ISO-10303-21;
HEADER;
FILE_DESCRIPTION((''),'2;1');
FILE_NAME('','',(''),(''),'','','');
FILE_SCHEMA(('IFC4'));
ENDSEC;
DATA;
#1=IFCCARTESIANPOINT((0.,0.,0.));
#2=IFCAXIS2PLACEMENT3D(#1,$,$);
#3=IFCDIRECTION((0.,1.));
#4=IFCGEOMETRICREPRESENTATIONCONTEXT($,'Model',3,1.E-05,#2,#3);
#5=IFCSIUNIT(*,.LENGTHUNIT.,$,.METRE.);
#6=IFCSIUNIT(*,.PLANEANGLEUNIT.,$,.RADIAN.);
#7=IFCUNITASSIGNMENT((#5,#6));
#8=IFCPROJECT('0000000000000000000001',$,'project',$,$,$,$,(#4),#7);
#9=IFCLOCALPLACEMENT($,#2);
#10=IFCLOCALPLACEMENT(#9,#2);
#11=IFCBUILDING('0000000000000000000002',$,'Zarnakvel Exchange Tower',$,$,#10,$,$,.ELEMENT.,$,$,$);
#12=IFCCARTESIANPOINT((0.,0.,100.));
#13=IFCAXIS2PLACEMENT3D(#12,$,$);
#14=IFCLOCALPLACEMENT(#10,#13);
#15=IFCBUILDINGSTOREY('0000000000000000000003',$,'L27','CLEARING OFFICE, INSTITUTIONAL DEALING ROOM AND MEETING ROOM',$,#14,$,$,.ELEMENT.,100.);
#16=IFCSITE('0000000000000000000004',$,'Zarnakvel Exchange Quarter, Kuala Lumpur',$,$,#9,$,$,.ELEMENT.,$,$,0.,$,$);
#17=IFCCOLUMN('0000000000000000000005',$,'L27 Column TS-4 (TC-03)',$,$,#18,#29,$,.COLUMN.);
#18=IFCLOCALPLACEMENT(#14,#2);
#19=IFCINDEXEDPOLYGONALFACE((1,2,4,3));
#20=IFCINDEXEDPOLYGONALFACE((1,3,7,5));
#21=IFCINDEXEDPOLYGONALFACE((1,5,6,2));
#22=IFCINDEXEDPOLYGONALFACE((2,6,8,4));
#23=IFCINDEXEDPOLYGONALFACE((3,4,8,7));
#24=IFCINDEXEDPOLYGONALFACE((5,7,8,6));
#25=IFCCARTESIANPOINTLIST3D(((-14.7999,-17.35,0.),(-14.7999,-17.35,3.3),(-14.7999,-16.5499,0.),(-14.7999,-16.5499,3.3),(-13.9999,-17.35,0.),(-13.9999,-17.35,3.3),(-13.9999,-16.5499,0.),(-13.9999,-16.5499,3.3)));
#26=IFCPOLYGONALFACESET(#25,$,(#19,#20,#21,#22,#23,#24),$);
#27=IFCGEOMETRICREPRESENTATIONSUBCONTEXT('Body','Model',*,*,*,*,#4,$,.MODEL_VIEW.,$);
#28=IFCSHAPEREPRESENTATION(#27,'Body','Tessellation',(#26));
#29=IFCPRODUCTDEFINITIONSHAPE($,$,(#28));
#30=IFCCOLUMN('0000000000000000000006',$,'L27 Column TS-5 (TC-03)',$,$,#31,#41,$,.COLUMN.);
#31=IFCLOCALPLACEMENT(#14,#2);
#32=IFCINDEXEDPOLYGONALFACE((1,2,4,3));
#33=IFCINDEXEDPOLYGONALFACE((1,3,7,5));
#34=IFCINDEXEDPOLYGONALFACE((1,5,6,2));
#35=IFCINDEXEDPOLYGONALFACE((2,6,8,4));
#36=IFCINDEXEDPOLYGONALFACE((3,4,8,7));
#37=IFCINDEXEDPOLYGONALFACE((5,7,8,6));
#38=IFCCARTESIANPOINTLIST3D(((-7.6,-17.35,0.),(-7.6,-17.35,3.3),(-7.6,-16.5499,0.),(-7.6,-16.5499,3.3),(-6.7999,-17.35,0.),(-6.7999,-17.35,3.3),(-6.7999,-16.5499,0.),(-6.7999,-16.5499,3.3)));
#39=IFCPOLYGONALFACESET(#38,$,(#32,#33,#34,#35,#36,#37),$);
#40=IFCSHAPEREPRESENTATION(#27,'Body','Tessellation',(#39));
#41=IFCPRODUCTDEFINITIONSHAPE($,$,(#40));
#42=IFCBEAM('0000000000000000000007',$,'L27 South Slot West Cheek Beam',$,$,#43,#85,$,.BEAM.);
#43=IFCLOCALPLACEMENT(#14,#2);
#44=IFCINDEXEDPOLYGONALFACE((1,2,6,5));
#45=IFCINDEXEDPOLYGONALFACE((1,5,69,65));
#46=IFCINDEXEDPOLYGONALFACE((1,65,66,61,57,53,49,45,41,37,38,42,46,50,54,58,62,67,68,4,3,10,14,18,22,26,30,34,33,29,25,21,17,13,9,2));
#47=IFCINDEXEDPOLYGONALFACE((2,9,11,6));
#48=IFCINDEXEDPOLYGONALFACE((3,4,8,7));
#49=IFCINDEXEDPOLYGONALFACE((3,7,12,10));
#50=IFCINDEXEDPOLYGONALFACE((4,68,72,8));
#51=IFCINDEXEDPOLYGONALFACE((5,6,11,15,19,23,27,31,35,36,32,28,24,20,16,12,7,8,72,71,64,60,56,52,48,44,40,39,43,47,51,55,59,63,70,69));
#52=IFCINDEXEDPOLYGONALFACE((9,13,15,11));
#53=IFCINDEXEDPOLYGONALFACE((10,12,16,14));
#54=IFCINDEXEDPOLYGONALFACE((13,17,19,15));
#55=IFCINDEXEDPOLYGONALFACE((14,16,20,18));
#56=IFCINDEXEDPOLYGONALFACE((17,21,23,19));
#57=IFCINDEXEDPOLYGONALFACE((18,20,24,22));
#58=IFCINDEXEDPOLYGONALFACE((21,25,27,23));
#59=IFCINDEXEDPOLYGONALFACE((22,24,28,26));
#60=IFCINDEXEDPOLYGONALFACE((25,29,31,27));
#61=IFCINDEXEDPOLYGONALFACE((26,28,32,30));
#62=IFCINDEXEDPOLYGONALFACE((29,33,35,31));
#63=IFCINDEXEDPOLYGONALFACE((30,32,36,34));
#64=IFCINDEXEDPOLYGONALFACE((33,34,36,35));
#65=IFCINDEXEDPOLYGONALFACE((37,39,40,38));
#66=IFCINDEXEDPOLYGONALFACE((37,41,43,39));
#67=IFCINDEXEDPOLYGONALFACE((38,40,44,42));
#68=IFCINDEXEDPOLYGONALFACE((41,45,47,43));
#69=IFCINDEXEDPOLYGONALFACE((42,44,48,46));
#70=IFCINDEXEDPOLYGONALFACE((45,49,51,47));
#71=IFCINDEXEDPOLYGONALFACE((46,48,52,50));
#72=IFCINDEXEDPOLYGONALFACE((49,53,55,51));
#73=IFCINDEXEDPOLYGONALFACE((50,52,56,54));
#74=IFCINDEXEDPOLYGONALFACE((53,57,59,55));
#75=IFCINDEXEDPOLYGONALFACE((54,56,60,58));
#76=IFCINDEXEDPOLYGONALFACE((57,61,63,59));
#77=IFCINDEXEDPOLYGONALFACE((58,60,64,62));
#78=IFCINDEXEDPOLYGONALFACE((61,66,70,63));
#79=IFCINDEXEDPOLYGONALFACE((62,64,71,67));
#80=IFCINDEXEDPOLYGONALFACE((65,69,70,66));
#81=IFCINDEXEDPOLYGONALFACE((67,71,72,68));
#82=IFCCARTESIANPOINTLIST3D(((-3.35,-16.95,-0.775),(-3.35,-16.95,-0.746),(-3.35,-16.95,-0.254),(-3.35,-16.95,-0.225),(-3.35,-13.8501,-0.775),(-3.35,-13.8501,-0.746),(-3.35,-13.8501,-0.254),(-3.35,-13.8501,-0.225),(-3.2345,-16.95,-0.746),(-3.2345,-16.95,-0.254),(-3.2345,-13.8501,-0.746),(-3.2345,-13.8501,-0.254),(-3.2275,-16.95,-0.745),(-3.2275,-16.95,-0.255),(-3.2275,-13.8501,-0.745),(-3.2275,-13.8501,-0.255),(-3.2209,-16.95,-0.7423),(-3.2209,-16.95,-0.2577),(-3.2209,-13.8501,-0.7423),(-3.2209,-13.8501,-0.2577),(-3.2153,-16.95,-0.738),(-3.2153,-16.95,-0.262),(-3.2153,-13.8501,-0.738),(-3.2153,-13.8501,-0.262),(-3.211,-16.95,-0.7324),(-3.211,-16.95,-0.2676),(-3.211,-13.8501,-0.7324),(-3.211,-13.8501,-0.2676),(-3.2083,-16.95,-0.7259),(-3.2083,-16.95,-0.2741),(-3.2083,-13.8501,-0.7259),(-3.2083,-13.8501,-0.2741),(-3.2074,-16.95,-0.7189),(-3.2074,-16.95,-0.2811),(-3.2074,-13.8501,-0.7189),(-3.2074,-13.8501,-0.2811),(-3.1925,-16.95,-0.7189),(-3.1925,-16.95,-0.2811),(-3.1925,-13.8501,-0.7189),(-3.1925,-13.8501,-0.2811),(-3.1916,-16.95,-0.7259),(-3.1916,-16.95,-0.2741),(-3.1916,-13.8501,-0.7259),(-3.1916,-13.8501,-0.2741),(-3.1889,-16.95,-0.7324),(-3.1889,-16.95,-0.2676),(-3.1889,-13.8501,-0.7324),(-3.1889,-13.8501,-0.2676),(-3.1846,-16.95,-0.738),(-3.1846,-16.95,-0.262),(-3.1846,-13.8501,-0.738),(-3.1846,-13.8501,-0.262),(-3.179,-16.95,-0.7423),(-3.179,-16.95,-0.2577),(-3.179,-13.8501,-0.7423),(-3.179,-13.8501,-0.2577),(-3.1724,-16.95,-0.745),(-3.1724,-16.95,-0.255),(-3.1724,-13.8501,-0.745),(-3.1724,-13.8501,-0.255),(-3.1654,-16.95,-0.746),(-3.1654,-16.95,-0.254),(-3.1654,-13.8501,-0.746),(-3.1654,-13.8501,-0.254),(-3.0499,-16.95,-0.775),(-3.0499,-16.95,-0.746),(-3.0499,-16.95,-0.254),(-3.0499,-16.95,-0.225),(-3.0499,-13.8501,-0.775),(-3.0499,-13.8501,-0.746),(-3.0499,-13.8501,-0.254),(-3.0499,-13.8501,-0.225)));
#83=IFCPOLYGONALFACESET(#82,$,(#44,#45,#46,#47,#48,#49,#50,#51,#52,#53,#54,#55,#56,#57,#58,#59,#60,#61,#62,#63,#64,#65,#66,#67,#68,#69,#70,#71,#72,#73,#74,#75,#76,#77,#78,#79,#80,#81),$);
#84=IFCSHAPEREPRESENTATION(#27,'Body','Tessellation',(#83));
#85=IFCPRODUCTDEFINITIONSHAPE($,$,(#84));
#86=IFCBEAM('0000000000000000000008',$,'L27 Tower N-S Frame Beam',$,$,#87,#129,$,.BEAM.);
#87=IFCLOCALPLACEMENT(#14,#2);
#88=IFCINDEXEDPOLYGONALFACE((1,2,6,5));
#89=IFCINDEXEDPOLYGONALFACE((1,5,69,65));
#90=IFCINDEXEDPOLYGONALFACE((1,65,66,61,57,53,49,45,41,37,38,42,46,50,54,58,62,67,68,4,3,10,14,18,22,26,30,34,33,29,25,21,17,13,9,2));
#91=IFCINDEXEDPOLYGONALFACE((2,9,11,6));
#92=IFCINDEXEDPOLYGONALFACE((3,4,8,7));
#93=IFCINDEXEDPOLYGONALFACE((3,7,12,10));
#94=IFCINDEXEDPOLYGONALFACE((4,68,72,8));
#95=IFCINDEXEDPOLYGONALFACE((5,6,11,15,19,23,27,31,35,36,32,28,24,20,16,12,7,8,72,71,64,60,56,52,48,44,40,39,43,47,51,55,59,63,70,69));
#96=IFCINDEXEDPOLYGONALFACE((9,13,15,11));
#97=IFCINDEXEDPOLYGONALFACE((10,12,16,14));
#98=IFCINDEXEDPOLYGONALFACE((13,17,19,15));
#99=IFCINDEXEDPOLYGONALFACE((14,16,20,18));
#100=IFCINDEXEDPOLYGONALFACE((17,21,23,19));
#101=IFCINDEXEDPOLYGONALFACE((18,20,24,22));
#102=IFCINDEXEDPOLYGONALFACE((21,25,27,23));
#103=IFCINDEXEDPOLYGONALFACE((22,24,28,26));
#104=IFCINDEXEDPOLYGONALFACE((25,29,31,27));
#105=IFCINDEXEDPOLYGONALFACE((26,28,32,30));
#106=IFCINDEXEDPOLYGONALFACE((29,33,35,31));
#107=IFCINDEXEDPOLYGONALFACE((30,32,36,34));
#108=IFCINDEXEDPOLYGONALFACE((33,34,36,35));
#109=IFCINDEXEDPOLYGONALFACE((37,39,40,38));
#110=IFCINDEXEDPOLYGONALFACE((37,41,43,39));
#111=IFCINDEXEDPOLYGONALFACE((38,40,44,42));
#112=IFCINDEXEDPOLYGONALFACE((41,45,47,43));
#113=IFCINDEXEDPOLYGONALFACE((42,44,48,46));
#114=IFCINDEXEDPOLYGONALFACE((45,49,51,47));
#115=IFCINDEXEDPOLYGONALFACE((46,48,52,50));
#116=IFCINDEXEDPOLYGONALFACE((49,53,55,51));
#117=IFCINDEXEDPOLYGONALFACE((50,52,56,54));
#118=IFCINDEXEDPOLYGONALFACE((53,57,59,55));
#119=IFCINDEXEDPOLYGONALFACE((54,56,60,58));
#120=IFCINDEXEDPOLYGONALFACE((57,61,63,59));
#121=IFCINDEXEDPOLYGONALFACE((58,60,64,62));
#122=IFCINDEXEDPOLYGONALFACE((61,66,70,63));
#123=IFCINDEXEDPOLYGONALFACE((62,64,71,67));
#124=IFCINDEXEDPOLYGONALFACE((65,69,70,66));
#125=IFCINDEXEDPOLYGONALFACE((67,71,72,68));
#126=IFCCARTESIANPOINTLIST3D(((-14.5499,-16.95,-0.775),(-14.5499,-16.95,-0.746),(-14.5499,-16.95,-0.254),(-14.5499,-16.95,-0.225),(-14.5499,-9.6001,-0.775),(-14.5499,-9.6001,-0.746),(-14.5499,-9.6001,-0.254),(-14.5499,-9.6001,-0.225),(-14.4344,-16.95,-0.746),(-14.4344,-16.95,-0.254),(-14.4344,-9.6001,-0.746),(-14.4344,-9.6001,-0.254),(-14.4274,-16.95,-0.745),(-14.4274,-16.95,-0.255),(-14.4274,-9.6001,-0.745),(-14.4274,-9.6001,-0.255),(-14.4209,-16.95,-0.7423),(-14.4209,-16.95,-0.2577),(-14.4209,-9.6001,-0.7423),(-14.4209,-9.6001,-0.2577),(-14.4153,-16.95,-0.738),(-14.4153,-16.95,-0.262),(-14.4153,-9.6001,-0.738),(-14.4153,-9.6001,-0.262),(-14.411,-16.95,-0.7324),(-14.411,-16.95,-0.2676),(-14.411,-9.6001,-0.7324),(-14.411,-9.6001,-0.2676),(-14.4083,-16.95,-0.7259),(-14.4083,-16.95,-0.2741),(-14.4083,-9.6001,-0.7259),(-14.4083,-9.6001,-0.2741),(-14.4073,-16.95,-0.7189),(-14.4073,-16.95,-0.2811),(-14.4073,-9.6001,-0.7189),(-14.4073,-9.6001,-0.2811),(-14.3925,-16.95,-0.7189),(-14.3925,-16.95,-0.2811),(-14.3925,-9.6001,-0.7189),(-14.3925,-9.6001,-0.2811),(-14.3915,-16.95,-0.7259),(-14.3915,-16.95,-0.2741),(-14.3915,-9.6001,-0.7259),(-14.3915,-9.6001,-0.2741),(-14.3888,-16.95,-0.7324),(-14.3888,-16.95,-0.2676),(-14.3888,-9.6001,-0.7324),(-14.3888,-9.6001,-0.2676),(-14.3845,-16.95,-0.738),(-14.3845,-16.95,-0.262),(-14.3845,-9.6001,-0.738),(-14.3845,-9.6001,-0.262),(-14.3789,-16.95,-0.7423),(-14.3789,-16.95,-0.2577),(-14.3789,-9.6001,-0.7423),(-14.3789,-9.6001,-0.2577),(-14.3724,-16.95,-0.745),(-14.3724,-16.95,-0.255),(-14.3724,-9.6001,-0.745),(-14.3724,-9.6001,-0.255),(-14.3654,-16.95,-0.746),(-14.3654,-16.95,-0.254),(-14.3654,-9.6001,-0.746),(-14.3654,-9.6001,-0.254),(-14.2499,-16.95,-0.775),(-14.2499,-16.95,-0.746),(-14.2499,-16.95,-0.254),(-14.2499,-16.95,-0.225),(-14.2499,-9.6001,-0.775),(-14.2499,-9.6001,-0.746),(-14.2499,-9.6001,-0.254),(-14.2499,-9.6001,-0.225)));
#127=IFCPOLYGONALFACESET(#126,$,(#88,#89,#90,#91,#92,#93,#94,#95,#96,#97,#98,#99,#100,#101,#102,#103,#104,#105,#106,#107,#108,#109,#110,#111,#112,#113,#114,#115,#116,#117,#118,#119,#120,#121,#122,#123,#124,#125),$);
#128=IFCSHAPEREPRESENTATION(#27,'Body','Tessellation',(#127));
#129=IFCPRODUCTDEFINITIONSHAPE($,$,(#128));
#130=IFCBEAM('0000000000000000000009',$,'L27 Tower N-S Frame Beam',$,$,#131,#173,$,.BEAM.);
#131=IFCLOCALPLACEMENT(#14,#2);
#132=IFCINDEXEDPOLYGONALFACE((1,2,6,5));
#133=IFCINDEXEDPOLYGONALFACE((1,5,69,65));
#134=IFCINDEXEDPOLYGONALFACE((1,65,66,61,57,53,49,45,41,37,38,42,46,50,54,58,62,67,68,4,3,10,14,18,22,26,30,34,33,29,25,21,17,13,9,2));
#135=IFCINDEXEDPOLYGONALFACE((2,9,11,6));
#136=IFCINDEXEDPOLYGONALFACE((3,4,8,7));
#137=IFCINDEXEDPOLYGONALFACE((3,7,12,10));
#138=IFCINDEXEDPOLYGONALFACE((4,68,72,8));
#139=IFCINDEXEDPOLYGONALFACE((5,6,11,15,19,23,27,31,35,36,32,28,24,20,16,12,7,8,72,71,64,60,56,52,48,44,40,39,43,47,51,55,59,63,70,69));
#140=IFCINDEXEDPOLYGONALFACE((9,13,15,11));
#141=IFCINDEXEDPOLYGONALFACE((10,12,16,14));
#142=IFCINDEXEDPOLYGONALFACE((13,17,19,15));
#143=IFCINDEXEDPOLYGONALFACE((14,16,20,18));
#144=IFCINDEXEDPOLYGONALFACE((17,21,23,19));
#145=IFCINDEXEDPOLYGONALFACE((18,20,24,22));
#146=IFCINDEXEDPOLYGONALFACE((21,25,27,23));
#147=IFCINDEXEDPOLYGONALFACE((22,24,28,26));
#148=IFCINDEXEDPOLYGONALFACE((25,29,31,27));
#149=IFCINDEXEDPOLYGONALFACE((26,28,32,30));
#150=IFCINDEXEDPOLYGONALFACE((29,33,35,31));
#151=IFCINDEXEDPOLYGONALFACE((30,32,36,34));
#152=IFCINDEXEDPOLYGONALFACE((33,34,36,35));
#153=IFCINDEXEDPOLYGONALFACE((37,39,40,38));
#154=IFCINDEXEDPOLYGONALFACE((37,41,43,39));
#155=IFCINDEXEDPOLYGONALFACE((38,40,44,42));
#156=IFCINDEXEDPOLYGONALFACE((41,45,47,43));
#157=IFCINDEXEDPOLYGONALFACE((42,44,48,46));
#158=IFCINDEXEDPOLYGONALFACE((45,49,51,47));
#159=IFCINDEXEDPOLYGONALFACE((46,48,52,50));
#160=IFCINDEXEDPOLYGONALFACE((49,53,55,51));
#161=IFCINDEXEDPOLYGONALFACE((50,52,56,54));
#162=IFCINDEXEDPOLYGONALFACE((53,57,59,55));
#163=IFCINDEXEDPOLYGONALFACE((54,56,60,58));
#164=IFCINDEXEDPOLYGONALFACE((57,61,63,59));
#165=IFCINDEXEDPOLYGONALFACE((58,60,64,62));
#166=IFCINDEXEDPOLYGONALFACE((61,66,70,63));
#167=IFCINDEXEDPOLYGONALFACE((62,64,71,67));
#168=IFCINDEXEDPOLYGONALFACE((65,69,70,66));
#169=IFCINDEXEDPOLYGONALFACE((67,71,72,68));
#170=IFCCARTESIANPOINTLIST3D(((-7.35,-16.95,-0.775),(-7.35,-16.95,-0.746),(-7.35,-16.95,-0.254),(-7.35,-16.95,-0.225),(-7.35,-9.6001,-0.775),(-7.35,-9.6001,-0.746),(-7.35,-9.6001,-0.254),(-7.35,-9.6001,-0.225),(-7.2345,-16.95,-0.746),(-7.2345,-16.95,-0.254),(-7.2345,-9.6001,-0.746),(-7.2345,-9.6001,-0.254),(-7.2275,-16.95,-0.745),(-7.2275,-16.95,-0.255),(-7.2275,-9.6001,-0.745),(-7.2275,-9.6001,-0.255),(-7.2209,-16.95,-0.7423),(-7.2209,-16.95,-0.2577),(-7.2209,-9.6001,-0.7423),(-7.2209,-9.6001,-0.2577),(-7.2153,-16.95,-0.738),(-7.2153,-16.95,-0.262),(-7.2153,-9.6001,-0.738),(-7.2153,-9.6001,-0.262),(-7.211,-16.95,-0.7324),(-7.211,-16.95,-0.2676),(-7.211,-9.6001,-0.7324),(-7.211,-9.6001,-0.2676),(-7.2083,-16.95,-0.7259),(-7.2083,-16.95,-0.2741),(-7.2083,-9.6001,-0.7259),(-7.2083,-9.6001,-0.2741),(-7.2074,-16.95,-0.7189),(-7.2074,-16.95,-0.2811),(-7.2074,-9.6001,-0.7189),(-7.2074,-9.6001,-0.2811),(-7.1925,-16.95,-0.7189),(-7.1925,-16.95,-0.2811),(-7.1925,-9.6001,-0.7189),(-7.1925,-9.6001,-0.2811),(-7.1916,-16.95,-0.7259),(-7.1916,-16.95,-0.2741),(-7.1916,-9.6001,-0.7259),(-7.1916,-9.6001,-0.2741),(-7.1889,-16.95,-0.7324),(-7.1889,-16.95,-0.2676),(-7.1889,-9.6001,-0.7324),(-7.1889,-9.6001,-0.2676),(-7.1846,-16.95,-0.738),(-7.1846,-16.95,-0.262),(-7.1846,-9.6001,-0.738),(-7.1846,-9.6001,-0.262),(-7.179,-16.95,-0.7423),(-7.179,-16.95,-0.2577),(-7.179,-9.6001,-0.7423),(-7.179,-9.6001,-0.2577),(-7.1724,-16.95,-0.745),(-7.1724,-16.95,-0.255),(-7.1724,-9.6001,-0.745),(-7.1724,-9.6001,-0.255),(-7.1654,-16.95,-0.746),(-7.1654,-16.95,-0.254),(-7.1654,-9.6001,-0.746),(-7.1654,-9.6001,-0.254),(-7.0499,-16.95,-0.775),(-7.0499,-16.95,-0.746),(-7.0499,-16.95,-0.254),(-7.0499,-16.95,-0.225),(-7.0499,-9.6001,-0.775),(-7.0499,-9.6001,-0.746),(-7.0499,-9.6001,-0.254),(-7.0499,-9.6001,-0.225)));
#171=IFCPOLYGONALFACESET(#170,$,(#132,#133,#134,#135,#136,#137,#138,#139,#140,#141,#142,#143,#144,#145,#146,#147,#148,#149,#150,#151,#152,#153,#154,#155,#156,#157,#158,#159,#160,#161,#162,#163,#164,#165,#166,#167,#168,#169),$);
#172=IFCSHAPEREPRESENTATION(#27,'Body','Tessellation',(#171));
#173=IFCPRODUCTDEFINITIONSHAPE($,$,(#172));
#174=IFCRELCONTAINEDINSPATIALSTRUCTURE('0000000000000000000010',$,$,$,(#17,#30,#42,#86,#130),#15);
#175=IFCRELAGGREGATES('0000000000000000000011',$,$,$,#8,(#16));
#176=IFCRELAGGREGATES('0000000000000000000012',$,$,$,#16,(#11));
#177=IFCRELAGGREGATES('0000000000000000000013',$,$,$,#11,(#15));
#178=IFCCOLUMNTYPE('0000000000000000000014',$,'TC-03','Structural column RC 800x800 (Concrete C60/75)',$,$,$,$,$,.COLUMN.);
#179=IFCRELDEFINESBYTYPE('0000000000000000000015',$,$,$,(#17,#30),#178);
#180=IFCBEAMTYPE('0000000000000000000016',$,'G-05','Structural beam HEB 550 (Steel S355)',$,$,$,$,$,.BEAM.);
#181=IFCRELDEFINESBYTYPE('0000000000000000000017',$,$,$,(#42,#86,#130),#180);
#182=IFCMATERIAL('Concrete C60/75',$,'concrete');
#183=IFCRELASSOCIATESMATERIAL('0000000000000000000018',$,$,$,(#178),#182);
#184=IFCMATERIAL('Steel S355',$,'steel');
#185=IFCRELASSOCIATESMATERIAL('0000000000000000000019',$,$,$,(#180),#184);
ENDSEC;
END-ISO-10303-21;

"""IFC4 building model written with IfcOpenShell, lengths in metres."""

from ifc_helpers import new_model, si_unit, direction, frame, origin, origin_2d, place, context, subcontext, project, spatial, rectangle, i_section, extrude, material, material_profile, profile_set, type_object, element, save


model = new_model("IFC4")

# Units and contexts
model_context = context("Model", 3, precision=1e-05, world=origin(), true_north=direction((0.0, 1.0)))
body_context = subcontext(model_context, "Body", "Model", "MODEL_VIEW")
ifc_project = project(units=[si_unit("LENGTHUNIT", "METRE"), si_unit("PLANEANGLEUNIT", "RADIAN")], contexts=[model_context])

# Site, building, storey
site_placement = place(None, origin())
site = spatial("IfcSite", under=ifc_project, at=site_placement, Name="Zarnakvel Exchange Quarter, Kuala Lumpur", CompositionType="ELEMENT", RefElevation=0.0)
building_placement = place(site_placement, origin())
building = spatial("IfcBuilding", under=site, at=building_placement, Name="Zarnakvel Exchange Tower", CompositionType="ELEMENT")
storey_placement = place(building_placement, frame((0.0, 0.0, 100.0)))
storey = spatial("IfcBuildingStorey", under=building, at=storey_placement, Name="L27", Description="CLEARING OFFICE, INSTITUTIONAL DEALING ROOM AND MEETING ROOM", CompositionType="ELEMENT", Elevation=100.0)

# Columns
ifc_material_1 = material(Name="Concrete C60/75", Category="concrete")
ifc_material_profile_1 = material_profile(ifc_material_1, rectangle(XDim=0.8, YDim=0.8, at=origin_2d()))
ifc_profile_set_1 = profile_set([ifc_material_profile_1], Name="Concrete C60/75")
column_type = type_object("IfcColumnType", Name="TC-03", Description="Structural column RC 800x800 (Concrete C60/75)", PredefinedType="COLUMN", material=ifc_profile_set_1)
for number, where, z_axis, x_axis, name in (
    (1, (-14.3999, -16.95, 0.0), (0.0, 0.0, 1.0), (1.0, 0.0, 0.0), "L27 Column TS-4 (TC-03)"),
    (2, (-7.2, -16.95, 0.0), (0.0, 0.0, 1.0), (1.0, 0.0, 0.0), "L27 Column TS-5 (TC-03)"),
):
    element("IfcColumn", number, at=place(storey_placement, frame(where, z_axis=z_axis, x_axis=x_axis)), inside=storey, type_object=column_type, Name=name, PredefinedType="COLUMN", context=body_context, shape_type="SweptSolid", body=[
        extrude(rectangle(XDim=0.8, YDim=0.8, at=origin_2d()), origin(), (0.0, 0.0, 1.0), 3.3),
    ])

# Beams
ifc_material_2 = material(Name="Steel S355", Category="steel")
ifc_material_profile_2 = material_profile(ifc_material_2, i_section(OverallWidth=0.3, OverallDepth=0.55, WebThickness=0.0149, FlangeThickness=0.0291, FilletRadius=0.0271, at=origin_2d()))
ifc_profile_set_2 = profile_set([ifc_material_profile_2], Name="Steel S355")
beam_type_1 = type_object("IfcBeamType", Name="G-05", Description="Structural beam HEB 550 (Steel S355)", PredefinedType="BEAM", material=ifc_profile_set_2)
beam_1_placement = place(storey_placement, frame((-3.2, -16.95, -0.5), z_axis=(0.0, 1.0, 0.0), x_axis=(-1.0, 0.0, 0.0)))
element("IfcBeam", 3, at=beam_1_placement, inside=storey, type_object=beam_type_1, Name="L27 South Slot West Cheek Beam", PredefinedType="BEAM", context=body_context, shape_type="SweptSolid", body=[
    extrude(i_section(OverallWidth=0.3, OverallDepth=0.55, WebThickness=0.0149, FlangeThickness=0.0291, FilletRadius=0.0271, at=origin_2d()), origin(), (0.0, 0.0, 1.0), 3.0999),
])
for number, where, z_axis, x_axis, name in (
    (4, (-14.3999, -16.95, -0.5), (0.0, 1.0, 0.0), (-1.0, 0.0, 0.0), "L27 Tower N-S Frame Beam"),
    (5, (-7.2, -16.95, -0.5), (0.0, 1.0, 0.0), (-1.0, 0.0, 0.0), "L27 Tower N-S Frame Beam"),
):
    element("IfcBeam", number, at=place(storey_placement, frame(where, z_axis=z_axis, x_axis=x_axis)), inside=storey, type_object=beam_type_1, Name=name, PredefinedType="BEAM", context=body_context, shape_type="SweptSolid", body=[
        extrude(i_section(OverallWidth=0.3, OverallDepth=0.55, WebThickness=0.0149, FlangeThickness=0.0291, FilletRadius=0.0271, at=origin_2d()), origin(), (0.0, 0.0, 1.0), 7.3499),
    ])

save(model, "model.ifc")
